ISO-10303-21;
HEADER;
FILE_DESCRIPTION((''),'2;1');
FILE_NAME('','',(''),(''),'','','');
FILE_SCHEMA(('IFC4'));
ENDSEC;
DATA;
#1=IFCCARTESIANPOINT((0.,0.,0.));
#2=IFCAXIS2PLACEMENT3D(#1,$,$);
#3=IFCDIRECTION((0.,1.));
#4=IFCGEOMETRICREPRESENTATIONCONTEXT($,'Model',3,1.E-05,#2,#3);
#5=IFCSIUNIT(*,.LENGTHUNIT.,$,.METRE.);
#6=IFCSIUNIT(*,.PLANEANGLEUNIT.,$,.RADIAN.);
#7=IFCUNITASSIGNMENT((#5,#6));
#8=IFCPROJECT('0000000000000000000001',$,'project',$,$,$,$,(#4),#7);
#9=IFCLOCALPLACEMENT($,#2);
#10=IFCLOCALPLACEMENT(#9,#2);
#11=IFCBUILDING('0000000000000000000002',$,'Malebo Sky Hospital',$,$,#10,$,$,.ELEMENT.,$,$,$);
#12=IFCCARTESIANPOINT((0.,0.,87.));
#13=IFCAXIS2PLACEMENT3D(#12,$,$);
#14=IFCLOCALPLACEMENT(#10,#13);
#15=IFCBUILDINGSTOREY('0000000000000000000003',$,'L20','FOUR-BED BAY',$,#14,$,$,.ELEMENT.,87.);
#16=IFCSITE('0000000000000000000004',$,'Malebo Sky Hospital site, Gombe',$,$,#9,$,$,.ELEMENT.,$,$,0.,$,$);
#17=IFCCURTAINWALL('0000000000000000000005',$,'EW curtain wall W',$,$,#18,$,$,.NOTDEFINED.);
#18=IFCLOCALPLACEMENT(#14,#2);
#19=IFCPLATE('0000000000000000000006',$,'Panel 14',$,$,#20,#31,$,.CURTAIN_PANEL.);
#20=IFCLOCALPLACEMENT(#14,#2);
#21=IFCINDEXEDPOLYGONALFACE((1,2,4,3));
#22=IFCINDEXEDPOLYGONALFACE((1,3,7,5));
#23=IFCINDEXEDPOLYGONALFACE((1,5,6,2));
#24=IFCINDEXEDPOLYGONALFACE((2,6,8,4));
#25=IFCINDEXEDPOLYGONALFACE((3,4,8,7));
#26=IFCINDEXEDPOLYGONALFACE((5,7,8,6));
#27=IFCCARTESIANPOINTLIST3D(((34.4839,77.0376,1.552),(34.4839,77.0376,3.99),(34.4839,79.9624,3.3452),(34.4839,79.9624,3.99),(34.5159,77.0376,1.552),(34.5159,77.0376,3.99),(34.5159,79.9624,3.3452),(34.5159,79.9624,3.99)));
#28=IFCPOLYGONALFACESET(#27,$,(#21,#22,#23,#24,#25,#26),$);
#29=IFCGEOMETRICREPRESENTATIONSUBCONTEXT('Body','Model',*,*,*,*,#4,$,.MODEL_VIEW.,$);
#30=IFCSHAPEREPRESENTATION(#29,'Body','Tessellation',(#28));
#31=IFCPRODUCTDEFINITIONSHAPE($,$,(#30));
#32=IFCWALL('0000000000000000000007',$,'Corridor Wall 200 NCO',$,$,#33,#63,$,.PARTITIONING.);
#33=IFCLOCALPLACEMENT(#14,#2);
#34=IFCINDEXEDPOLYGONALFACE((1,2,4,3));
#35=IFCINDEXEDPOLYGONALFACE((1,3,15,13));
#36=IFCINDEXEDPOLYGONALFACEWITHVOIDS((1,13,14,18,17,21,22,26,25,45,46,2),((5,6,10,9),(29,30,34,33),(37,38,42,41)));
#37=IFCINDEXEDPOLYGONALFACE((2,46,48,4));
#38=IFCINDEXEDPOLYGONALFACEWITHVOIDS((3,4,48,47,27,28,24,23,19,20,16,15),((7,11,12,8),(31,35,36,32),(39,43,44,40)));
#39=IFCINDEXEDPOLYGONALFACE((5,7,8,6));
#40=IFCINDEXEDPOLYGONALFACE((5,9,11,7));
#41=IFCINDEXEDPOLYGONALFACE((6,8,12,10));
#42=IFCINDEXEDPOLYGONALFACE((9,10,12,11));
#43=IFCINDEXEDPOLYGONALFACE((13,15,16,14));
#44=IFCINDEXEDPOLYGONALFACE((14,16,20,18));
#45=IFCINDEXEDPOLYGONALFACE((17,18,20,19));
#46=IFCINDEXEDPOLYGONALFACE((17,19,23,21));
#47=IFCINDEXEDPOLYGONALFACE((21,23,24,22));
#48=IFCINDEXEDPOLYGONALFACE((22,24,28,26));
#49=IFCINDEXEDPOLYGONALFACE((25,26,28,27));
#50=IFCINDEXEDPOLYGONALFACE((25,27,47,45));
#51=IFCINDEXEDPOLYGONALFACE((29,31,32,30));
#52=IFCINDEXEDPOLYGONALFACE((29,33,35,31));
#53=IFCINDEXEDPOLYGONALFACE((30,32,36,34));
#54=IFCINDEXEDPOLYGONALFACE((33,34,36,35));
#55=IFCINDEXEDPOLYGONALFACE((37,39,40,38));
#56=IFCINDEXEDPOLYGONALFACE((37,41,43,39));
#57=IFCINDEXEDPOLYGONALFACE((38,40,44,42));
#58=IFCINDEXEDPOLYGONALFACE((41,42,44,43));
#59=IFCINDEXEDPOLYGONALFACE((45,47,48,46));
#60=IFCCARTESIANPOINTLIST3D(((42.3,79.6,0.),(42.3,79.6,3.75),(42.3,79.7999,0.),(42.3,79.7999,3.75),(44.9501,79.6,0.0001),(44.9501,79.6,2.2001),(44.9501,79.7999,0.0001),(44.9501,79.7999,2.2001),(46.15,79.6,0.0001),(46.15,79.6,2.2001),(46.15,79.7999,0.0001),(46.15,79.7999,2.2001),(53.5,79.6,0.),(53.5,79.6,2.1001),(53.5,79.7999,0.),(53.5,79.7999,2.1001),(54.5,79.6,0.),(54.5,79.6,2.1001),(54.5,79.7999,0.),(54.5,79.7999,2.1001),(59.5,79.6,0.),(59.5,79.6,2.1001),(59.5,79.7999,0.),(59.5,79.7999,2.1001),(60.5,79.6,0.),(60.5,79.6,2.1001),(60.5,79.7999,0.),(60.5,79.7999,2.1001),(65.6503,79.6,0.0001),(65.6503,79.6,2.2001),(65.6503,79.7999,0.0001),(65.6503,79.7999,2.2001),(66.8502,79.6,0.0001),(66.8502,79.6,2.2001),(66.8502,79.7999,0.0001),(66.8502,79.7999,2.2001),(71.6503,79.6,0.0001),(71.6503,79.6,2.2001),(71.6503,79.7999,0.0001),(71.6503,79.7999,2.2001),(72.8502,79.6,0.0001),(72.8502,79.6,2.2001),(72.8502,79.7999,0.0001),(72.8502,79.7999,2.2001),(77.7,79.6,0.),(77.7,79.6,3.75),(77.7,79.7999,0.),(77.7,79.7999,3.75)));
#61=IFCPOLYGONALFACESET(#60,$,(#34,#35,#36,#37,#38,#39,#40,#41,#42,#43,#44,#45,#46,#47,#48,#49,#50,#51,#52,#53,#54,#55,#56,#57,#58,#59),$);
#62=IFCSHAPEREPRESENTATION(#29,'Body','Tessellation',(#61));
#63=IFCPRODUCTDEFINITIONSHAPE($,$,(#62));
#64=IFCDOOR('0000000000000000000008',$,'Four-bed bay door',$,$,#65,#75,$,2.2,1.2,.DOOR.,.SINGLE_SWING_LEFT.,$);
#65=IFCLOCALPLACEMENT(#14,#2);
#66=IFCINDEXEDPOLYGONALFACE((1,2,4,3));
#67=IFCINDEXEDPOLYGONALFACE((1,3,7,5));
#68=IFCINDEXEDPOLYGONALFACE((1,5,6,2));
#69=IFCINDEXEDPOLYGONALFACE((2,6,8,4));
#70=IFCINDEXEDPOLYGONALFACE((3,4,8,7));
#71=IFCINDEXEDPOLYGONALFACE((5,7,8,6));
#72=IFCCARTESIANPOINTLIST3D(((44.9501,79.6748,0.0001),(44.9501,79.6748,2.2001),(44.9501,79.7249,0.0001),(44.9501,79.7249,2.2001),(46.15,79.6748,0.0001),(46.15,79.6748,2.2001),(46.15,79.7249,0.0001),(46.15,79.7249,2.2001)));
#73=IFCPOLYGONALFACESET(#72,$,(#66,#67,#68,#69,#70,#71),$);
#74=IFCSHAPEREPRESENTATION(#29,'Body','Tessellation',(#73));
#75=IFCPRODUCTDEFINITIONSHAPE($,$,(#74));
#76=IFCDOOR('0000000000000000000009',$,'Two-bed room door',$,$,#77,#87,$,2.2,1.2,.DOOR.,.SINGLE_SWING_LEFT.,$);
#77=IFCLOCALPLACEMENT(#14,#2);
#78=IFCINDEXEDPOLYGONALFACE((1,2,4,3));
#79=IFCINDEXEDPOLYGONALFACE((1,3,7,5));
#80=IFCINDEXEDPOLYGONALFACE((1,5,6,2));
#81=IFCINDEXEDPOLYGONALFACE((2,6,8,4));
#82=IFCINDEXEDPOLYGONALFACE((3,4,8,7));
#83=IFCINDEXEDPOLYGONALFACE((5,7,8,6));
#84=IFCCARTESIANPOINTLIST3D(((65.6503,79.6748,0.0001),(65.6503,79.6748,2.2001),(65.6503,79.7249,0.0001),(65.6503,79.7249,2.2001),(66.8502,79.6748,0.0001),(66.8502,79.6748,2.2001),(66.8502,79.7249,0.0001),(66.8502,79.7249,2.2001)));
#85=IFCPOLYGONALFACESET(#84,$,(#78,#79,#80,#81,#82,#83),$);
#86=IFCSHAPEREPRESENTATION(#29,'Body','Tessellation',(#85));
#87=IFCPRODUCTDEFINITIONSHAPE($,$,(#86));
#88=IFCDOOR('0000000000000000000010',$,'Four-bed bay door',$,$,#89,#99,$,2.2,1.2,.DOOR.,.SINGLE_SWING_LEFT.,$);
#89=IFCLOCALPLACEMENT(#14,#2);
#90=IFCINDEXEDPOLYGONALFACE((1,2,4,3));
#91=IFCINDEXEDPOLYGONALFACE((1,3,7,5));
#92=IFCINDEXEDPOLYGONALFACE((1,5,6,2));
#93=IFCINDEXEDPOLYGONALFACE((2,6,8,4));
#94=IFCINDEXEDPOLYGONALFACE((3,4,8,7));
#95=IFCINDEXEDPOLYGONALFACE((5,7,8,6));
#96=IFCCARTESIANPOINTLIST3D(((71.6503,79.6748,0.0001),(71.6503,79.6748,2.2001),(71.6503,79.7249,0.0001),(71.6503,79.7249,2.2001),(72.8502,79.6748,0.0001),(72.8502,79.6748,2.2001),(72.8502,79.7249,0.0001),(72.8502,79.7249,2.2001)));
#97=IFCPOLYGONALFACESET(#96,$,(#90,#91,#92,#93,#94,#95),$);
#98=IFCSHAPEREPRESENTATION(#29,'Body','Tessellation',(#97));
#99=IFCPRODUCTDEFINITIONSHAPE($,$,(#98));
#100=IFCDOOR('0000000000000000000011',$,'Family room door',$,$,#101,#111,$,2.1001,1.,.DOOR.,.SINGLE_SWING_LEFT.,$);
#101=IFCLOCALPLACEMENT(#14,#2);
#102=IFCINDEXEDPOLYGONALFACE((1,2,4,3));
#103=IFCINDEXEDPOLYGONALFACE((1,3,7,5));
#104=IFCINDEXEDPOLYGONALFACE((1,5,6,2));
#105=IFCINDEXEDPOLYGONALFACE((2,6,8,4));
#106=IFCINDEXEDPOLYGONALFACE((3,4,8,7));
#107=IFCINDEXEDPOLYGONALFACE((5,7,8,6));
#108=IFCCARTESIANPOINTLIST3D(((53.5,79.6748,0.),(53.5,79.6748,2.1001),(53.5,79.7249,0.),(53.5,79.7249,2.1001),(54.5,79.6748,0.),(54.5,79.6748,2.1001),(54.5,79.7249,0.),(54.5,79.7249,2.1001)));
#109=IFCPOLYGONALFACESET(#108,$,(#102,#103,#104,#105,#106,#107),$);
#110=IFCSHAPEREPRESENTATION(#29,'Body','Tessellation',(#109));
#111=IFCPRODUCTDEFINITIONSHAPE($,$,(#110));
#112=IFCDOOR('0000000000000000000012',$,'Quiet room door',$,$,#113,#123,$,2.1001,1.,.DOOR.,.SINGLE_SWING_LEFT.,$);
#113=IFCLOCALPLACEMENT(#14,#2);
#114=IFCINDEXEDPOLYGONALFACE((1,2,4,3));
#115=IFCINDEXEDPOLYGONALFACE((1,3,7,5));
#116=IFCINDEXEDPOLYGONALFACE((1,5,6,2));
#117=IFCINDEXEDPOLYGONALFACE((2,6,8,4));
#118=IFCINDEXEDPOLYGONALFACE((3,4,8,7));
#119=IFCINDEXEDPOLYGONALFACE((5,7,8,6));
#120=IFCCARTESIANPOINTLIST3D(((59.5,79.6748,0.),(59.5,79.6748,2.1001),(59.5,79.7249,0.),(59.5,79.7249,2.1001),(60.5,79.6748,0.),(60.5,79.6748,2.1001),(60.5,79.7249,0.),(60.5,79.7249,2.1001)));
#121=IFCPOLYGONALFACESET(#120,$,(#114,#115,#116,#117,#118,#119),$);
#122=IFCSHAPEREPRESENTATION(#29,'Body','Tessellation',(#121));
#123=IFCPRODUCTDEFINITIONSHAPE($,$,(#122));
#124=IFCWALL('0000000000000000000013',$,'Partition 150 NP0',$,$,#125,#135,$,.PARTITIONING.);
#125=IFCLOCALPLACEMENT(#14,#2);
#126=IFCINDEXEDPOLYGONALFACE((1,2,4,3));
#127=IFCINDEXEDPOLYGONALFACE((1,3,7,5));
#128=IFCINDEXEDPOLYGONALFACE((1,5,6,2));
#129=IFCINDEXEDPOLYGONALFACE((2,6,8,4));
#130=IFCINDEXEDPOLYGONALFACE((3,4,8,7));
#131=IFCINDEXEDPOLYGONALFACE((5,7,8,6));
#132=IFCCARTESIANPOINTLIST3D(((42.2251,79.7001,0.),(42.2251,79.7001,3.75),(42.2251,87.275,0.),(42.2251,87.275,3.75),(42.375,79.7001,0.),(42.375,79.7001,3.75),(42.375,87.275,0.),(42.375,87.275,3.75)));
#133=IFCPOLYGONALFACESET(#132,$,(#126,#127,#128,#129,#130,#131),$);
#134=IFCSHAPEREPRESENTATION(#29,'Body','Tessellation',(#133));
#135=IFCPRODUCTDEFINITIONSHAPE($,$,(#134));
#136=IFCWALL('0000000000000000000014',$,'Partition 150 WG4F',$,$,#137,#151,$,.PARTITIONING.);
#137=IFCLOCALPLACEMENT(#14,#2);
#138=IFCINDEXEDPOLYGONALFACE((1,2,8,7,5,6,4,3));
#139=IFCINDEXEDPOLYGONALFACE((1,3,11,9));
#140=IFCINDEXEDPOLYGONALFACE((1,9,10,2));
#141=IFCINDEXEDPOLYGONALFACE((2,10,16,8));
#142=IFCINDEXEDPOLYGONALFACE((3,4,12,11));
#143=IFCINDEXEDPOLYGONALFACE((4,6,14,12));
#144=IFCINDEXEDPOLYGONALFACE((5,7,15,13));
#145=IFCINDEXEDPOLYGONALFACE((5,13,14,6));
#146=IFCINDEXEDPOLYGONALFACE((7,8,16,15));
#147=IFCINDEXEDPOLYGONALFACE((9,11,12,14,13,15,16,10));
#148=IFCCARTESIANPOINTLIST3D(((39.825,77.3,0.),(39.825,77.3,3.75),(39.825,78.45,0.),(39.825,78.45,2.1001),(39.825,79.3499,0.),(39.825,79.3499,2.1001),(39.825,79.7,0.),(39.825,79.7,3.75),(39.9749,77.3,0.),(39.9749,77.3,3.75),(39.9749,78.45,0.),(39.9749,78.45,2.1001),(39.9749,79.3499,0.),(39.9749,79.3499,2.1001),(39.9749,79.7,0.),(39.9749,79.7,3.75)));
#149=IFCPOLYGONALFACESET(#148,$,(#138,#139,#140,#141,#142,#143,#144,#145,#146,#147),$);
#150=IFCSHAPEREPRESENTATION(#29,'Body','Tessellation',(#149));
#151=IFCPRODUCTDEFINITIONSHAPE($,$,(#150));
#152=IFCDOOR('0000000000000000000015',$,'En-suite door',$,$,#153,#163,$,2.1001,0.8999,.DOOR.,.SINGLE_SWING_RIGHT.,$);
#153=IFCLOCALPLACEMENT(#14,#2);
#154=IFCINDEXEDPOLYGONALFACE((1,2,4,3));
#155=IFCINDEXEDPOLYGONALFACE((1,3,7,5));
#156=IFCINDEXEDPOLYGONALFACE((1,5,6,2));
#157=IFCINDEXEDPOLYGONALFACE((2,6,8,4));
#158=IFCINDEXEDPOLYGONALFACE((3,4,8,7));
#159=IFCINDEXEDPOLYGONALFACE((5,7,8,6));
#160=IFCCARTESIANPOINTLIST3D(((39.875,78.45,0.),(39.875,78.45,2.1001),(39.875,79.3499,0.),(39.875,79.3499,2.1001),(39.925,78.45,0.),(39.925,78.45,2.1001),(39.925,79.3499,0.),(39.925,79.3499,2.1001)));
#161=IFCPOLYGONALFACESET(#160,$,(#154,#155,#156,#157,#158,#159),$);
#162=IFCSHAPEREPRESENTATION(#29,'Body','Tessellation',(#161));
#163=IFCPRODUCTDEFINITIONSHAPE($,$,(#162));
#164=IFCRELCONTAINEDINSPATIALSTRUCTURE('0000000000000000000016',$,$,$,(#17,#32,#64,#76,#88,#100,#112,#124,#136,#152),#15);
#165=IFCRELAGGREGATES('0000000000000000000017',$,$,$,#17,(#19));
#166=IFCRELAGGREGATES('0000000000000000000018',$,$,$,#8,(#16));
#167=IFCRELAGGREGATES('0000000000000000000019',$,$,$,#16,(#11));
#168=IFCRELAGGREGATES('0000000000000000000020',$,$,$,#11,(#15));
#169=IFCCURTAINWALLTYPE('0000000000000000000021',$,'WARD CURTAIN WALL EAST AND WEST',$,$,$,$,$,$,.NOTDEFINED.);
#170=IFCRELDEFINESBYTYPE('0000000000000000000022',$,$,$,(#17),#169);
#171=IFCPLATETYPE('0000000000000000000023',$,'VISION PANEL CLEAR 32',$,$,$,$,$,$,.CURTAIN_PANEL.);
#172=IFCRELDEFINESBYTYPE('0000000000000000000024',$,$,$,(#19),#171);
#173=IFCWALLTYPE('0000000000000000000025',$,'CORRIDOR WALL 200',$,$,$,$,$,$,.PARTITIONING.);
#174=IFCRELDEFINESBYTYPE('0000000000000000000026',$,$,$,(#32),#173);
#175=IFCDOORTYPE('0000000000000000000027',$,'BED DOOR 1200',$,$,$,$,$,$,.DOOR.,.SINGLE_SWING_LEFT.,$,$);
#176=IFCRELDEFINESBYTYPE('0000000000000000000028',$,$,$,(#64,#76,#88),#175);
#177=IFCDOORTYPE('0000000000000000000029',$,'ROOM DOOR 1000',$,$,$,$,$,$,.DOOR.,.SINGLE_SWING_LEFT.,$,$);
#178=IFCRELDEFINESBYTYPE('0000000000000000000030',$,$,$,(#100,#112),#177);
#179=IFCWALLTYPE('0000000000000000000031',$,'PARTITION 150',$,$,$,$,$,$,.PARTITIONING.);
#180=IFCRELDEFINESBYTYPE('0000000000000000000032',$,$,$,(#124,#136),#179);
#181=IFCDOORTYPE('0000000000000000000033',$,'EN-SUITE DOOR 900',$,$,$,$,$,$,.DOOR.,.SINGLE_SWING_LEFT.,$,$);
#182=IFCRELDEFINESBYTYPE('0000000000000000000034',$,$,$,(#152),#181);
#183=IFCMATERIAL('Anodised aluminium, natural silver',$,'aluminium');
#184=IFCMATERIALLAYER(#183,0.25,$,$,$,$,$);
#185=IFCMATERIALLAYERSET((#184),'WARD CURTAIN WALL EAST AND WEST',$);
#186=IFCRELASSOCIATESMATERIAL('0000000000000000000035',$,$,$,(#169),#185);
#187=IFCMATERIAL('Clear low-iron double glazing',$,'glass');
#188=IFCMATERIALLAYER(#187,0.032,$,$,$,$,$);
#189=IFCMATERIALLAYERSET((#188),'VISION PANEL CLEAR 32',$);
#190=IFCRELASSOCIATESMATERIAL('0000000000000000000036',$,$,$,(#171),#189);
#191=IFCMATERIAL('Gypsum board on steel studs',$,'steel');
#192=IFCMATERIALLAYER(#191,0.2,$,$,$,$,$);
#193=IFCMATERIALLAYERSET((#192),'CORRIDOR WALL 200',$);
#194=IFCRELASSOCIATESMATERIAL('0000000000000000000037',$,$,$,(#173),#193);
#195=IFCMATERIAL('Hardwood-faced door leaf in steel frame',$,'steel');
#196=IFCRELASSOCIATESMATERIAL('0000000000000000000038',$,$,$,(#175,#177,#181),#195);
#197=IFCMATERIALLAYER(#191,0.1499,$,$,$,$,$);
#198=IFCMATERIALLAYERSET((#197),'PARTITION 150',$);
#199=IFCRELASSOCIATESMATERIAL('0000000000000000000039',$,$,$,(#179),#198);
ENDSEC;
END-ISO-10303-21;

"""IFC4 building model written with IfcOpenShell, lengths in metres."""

from ifc_helpers import new_model, si_unit, direction, frame, frame_2d, origin, place, context, subcontext, project, spatial, polyline, rectangle, outline, extrude, material, layer, layer_set, type_object, element, fill, aggregate, save


model = new_model("IFC4")

# Units and contexts
model_context = context("Model", 3, precision=1e-05, world=origin(), true_north=direction((0.0, 1.0)))
body_context = subcontext(model_context, "Body", "Model", "MODEL_VIEW")
ifc_project = project(units=[si_unit("LENGTHUNIT", "METRE"), si_unit("PLANEANGLEUNIT", "RADIAN")], contexts=[model_context])

# Site, building, storey
site_placement = place(None, origin())
site = spatial("IfcSite", under=ifc_project, at=site_placement, Name="Malebo Sky Hospital site, Gombe", CompositionType="ELEMENT", RefElevation=0.0)
building_placement = place(site_placement, origin())
building = spatial("IfcBuilding", under=site, at=building_placement, Name="Malebo Sky Hospital", CompositionType="ELEMENT")
storey_placement = place(building_placement, frame((0.0, 0.0, 87.0)))
storey = spatial("IfcBuildingStorey", under=building, at=storey_placement, Name="L20", Description="FOUR-BED BAY", CompositionType="ELEMENT", Elevation=87.0)

# Curtain wall
ifc_material_1 = material(Name="Anodised aluminium, natural silver", Category="aluminium")
ifc_layer_1 = layer(ifc_material_1, 0.25)
ifc_layer_set_1 = layer_set([ifc_layer_1], Name="WARD CURTAIN WALL EAST AND WEST")
curtain_wall_type = type_object("IfcCurtainWallType", Name="WARD CURTAIN WALL EAST AND WEST", PredefinedType="NOTDEFINED", material=ifc_layer_set_1)
curtain_wall_placement = place(storey_placement, origin())
curtain_wall = element("IfcCurtainWall", 1, at=curtain_wall_placement, inside=storey, type_object=curtain_wall_type, Name="EW curtain wall W", PredefinedType="NOTDEFINED")

# Plate
ifc_material_2 = material(Name="Clear low-iron double glazing", Category="glass")
ifc_layer_2 = layer(ifc_material_2, 0.032)
ifc_layer_set_2 = layer_set([ifc_layer_2], Name="VISION PANEL CLEAR 32")
plate_type = type_object("IfcPlateType", Name="VISION PANEL CLEAR 32", PredefinedType="CURTAIN_PANEL", material=ifc_layer_set_2)
plate_placement = place(storey_placement, frame((34.5, 78.5, 1.552), z_axis=(0.0, 0.0, 1.0), x_axis=(0.0, 1.0, 0.0)))
plate = element("IfcPlate", 2, at=plate_placement, type_object=plate_type, Name="Panel 14", PredefinedType="CURTAIN_PANEL", context=body_context, shape_type="SweptSolid", body=[
    extrude(outline(polyline([(-1.4624, 0.0), (1.4624, 1.7932), (1.4624, 2.438), (-1.4624, 2.438), (-1.4624, 0.0)])), frame((0.0, 0.0161, 0.0), z_axis=(0.0, -1.0, 0.0), x_axis=(1.0, 0.0, 0.0)), (0.0, 0.0, 1.0), 0.032),
])
aggregate(curtain_wall, [plate])

# Wall, openings, doors
ifc_material_3 = material(Name="Gypsum board on steel studs", Category="steel")
ifc_layer_3 = layer(ifc_material_3, 0.2)
ifc_layer_set_3 = layer_set([ifc_layer_3], Name="CORRIDOR WALL 200")
wall_type_1 = type_object("IfcWallType", Name="CORRIDOR WALL 200", PredefinedType="PARTITIONING", material=ifc_layer_set_3)
wall_1_placement = place(storey_placement, frame((42.3, 79.7, 0.0), z_axis=(0.0, 0.0, 1.0), x_axis=(1.0, 0.0, 0.0)))
wall_1 = element("IfcWall", 3, at=wall_1_placement, inside=storey, type_object=wall_type_1, Name="Corridor Wall 200 NCO", PredefinedType="PARTITIONING", context=body_context, shape_type="SweptSolid", body=[
    extrude(rectangle(XDim=35.3999, YDim=0.2, at=frame_2d((17.7, 0.0))), origin(), (0.0, 0.0, 1.0), 3.75),
])
opening_1_placement = place(wall_1_placement, frame((2.6499, 0.0, 0.0)))
opening_1 = element("IfcOpeningElement", 4, at=opening_1_placement, cuts=wall_1, PredefinedType="OPENING", context=body_context, shape_type="SweptSolid", body=[
    extrude(rectangle(XDim=1.2, YDim=2.2, at=frame_2d((0.6001, 1.1001))), frame((0.0, 0.1099, 0.0), z_axis=(0.0, -1.0, 0.0), x_axis=(1.0, 0.0, 0.0)), (0.0, 0.0, 1.0), 0.22),
])
opening_2_placement = place(wall_1_placement, frame((11.2, 0.0, 0.0)))
opening_2 = element("IfcOpeningElement", 5, at=opening_2_placement, cuts=wall_1, PredefinedType="OPENING", context=body_context, shape_type="SweptSolid", body=[
    extrude(rectangle(XDim=1.0, YDim=2.1001, at=frame_2d((0.5, 1.05))), frame((0.0, 0.1099, 0.0), z_axis=(0.0, -1.0, 0.0), x_axis=(1.0, 0.0, 0.0)), (0.0, 0.0, 1.0), 0.22),
])
opening_3_placement = place(wall_1_placement, frame((17.2, 0.0, 0.0)))
opening_3 = element("IfcOpeningElement", 6, at=opening_3_placement, cuts=wall_1, PredefinedType="OPENING", context=body_context, shape_type="SweptSolid", body=[
    extrude(rectangle(XDim=1.0, YDim=2.1001, at=frame_2d((0.5, 1.05))), frame((0.0, 0.1099, 0.0), z_axis=(0.0, -1.0, 0.0), x_axis=(1.0, 0.0, 0.0)), (0.0, 0.0, 1.0), 0.22),
])
opening_4_placement = place(wall_1_placement, frame((23.3501, 0.0, 0.0)))
opening_4 = element("IfcOpeningElement", 7, at=opening_4_placement, cuts=wall_1, PredefinedType="OPENING", context=body_context, shape_type="SweptSolid", body=[
    extrude(rectangle(XDim=1.2, YDim=2.2, at=frame_2d((0.6001, 1.1001))), frame((0.0, 0.1099, 0.0), z_axis=(0.0, -1.0, 0.0), x_axis=(1.0, 0.0, 0.0)), (0.0, 0.0, 1.0), 0.22),
])
opening_5_placement = place(wall_1_placement, frame((29.3501, 0.0, 0.0)))
opening_5 = element("IfcOpeningElement", 8, at=opening_5_placement, cuts=wall_1, PredefinedType="OPENING", context=body_context, shape_type="SweptSolid", body=[
    extrude(rectangle(XDim=1.2, YDim=2.2, at=frame_2d((0.6001, 1.1001))), frame((0.0, 0.1099, 0.0), z_axis=(0.0, -1.0, 0.0), x_axis=(1.0, 0.0, 0.0)), (0.0, 0.0, 1.0), 0.22),
])
ifc_material_4 = material(Name="Hardwood-faced door leaf in steel frame", Category="steel")
door_type_1 = type_object("IfcDoorType", Name="BED DOOR 1200", OperationType="SINGLE_SWING_LEFT", PredefinedType="DOOR", material=ifc_material_4)
door_1_placement = place(opening_1_placement, origin())
door_1 = element("IfcDoor", 9, at=door_1_placement, inside=storey, type_object=door_type_1, Name="Four-bed bay door", OperationType="SINGLE_SWING_LEFT", OverallHeight=2.2, OverallWidth=1.2, PredefinedType="DOOR", context=body_context, shape_type="SweptSolid", body=[
    extrude(rectangle(XDim=1.2, YDim=2.2, at=frame_2d((0.6001, 1.1001))), frame((0.0, 0.0249, 0.0), z_axis=(0.0, -1.0, 0.0), x_axis=(1.0, 0.0, 0.0)), (0.0, 0.0, 1.0), 0.05),
])
fill(opening_1, door_1)
door_2_placement = place(opening_4_placement, origin())
door_2 = element("IfcDoor", 10, at=door_2_placement, inside=storey, type_object=door_type_1, Name="Two-bed room door", OperationType="SINGLE_SWING_LEFT", OverallHeight=2.2, OverallWidth=1.2, PredefinedType="DOOR", context=body_context, shape_type="SweptSolid", body=[
    extrude(rectangle(XDim=1.2, YDim=2.2, at=frame_2d((0.6001, 1.1001))), frame((0.0, 0.0249, 0.0), z_axis=(0.0, -1.0, 0.0), x_axis=(1.0, 0.0, 0.0)), (0.0, 0.0, 1.0), 0.05),
])
fill(opening_4, door_2)
door_3_placement = place(opening_5_placement, origin())
door_3 = element("IfcDoor", 11, at=door_3_placement, inside=storey, type_object=door_type_1, Name="Four-bed bay door", OperationType="SINGLE_SWING_LEFT", OverallHeight=2.2, OverallWidth=1.2, PredefinedType="DOOR", context=body_context, shape_type="SweptSolid", body=[
    extrude(rectangle(XDim=1.2, YDim=2.2, at=frame_2d((0.6001, 1.1001))), frame((0.0, 0.0249, 0.0), z_axis=(0.0, -1.0, 0.0), x_axis=(1.0, 0.0, 0.0)), (0.0, 0.0, 1.0), 0.05),
])
fill(opening_5, door_3)
door_type_2 = type_object("IfcDoorType", Name="ROOM DOOR 1000", OperationType="SINGLE_SWING_LEFT", PredefinedType="DOOR", material=ifc_material_4)
door_4_placement = place(opening_2_placement, origin())
door_4 = element("IfcDoor", 12, at=door_4_placement, inside=storey, type_object=door_type_2, Name="Family room door", OperationType="SINGLE_SWING_LEFT", OverallHeight=2.1001, OverallWidth=1.0, PredefinedType="DOOR", context=body_context, shape_type="SweptSolid", body=[
    extrude(rectangle(XDim=1.0, YDim=2.1001, at=frame_2d((0.5, 1.05))), frame((0.0, 0.0249, 0.0), z_axis=(0.0, -1.0, 0.0), x_axis=(1.0, 0.0, 0.0)), (0.0, 0.0, 1.0), 0.05),
])
fill(opening_2, door_4)
door_5_placement = place(opening_3_placement, origin())
door_5 = element("IfcDoor", 13, at=door_5_placement, inside=storey, type_object=door_type_2, Name="Quiet room door", OperationType="SINGLE_SWING_LEFT", OverallHeight=2.1001, OverallWidth=1.0, PredefinedType="DOOR", context=body_context, shape_type="SweptSolid", body=[
    extrude(rectangle(XDim=1.0, YDim=2.1001, at=frame_2d((0.5, 1.05))), frame((0.0, 0.0249, 0.0), z_axis=(0.0, -1.0, 0.0), x_axis=(1.0, 0.0, 0.0)), (0.0, 0.0, 1.0), 0.05),
])
fill(opening_3, door_5)

# Wall
ifc_layer_4 = layer(ifc_material_3, 0.1499)
ifc_layer_set_4 = layer_set([ifc_layer_4], Name="PARTITION 150")
wall_type_2 = type_object("IfcWallType", Name="PARTITION 150", PredefinedType="PARTITIONING", material=ifc_layer_set_4)
wall_2_placement = place(storey_placement, frame((42.3, 79.7, 0.0), z_axis=(0.0, 0.0, 1.0), x_axis=(0.0, 1.0, 0.0)))
element("IfcWall", 14, at=wall_2_placement, inside=storey, type_object=wall_type_2, Name="Partition 150 NP0", PredefinedType="PARTITIONING", context=body_context, shape_type="SweptSolid", body=[
    extrude(rectangle(XDim=7.575, YDim=0.1499, at=frame_2d((3.7876, 0.0))), origin(), (0.0, 0.0, 1.0), 3.75),
])

# Wall, opening, door
wall_3_placement = place(storey_placement, frame((39.8999, 77.3, 0.0), z_axis=(0.0, 0.0, 1.0), x_axis=(0.0, 1.0, 0.0)))
wall_3 = element("IfcWall", 15, at=wall_3_placement, inside=storey, type_object=wall_type_2, Name="Partition 150 WG4F", PredefinedType="PARTITIONING", context=body_context, shape_type="SweptSolid", body=[
    extrude(rectangle(XDim=2.3999, YDim=0.1499, at=frame_2d((1.2, 0.0))), origin(), (0.0, 0.0, 1.0), 3.75),
])
opening_6_placement = place(wall_3_placement, frame((1.1499, 0.0, 0.0)))
opening_6 = element("IfcOpeningElement", 16, at=opening_6_placement, cuts=wall_3, PredefinedType="OPENING", context=body_context, shape_type="SweptSolid", body=[
    extrude(rectangle(XDim=0.8999, YDim=2.1001, at=frame_2d((0.45, 1.05))), frame((0.0, 0.085, 0.0), z_axis=(0.0, -1.0, 0.0), x_axis=(1.0, 0.0, 0.0)), (0.0, 0.0, 1.0), 0.1699),
])
door_type_3 = type_object("IfcDoorType", Name="EN-SUITE DOOR 900", OperationType="SINGLE_SWING_LEFT", PredefinedType="DOOR", material=ifc_material_4)
door_6_placement = place(opening_6_placement, origin())
door_6 = element("IfcDoor", 17, at=door_6_placement, inside=storey, type_object=door_type_3, Name="En-suite door", OperationType="SINGLE_SWING_RIGHT", OverallHeight=2.1001, OverallWidth=0.8999, PredefinedType="DOOR", context=body_context, shape_type="SweptSolid", body=[
    extrude(rectangle(XDim=0.8999, YDim=2.1001, at=frame_2d((0.45, 1.05))), frame((0.0, 0.0249, 0.0), z_axis=(0.0, -1.0, 0.0), x_axis=(1.0, 0.0, 0.0)), (0.0, 0.0, 1.0), 0.05),
])
fill(opening_6, door_6)

save(model, "model.ifc")
